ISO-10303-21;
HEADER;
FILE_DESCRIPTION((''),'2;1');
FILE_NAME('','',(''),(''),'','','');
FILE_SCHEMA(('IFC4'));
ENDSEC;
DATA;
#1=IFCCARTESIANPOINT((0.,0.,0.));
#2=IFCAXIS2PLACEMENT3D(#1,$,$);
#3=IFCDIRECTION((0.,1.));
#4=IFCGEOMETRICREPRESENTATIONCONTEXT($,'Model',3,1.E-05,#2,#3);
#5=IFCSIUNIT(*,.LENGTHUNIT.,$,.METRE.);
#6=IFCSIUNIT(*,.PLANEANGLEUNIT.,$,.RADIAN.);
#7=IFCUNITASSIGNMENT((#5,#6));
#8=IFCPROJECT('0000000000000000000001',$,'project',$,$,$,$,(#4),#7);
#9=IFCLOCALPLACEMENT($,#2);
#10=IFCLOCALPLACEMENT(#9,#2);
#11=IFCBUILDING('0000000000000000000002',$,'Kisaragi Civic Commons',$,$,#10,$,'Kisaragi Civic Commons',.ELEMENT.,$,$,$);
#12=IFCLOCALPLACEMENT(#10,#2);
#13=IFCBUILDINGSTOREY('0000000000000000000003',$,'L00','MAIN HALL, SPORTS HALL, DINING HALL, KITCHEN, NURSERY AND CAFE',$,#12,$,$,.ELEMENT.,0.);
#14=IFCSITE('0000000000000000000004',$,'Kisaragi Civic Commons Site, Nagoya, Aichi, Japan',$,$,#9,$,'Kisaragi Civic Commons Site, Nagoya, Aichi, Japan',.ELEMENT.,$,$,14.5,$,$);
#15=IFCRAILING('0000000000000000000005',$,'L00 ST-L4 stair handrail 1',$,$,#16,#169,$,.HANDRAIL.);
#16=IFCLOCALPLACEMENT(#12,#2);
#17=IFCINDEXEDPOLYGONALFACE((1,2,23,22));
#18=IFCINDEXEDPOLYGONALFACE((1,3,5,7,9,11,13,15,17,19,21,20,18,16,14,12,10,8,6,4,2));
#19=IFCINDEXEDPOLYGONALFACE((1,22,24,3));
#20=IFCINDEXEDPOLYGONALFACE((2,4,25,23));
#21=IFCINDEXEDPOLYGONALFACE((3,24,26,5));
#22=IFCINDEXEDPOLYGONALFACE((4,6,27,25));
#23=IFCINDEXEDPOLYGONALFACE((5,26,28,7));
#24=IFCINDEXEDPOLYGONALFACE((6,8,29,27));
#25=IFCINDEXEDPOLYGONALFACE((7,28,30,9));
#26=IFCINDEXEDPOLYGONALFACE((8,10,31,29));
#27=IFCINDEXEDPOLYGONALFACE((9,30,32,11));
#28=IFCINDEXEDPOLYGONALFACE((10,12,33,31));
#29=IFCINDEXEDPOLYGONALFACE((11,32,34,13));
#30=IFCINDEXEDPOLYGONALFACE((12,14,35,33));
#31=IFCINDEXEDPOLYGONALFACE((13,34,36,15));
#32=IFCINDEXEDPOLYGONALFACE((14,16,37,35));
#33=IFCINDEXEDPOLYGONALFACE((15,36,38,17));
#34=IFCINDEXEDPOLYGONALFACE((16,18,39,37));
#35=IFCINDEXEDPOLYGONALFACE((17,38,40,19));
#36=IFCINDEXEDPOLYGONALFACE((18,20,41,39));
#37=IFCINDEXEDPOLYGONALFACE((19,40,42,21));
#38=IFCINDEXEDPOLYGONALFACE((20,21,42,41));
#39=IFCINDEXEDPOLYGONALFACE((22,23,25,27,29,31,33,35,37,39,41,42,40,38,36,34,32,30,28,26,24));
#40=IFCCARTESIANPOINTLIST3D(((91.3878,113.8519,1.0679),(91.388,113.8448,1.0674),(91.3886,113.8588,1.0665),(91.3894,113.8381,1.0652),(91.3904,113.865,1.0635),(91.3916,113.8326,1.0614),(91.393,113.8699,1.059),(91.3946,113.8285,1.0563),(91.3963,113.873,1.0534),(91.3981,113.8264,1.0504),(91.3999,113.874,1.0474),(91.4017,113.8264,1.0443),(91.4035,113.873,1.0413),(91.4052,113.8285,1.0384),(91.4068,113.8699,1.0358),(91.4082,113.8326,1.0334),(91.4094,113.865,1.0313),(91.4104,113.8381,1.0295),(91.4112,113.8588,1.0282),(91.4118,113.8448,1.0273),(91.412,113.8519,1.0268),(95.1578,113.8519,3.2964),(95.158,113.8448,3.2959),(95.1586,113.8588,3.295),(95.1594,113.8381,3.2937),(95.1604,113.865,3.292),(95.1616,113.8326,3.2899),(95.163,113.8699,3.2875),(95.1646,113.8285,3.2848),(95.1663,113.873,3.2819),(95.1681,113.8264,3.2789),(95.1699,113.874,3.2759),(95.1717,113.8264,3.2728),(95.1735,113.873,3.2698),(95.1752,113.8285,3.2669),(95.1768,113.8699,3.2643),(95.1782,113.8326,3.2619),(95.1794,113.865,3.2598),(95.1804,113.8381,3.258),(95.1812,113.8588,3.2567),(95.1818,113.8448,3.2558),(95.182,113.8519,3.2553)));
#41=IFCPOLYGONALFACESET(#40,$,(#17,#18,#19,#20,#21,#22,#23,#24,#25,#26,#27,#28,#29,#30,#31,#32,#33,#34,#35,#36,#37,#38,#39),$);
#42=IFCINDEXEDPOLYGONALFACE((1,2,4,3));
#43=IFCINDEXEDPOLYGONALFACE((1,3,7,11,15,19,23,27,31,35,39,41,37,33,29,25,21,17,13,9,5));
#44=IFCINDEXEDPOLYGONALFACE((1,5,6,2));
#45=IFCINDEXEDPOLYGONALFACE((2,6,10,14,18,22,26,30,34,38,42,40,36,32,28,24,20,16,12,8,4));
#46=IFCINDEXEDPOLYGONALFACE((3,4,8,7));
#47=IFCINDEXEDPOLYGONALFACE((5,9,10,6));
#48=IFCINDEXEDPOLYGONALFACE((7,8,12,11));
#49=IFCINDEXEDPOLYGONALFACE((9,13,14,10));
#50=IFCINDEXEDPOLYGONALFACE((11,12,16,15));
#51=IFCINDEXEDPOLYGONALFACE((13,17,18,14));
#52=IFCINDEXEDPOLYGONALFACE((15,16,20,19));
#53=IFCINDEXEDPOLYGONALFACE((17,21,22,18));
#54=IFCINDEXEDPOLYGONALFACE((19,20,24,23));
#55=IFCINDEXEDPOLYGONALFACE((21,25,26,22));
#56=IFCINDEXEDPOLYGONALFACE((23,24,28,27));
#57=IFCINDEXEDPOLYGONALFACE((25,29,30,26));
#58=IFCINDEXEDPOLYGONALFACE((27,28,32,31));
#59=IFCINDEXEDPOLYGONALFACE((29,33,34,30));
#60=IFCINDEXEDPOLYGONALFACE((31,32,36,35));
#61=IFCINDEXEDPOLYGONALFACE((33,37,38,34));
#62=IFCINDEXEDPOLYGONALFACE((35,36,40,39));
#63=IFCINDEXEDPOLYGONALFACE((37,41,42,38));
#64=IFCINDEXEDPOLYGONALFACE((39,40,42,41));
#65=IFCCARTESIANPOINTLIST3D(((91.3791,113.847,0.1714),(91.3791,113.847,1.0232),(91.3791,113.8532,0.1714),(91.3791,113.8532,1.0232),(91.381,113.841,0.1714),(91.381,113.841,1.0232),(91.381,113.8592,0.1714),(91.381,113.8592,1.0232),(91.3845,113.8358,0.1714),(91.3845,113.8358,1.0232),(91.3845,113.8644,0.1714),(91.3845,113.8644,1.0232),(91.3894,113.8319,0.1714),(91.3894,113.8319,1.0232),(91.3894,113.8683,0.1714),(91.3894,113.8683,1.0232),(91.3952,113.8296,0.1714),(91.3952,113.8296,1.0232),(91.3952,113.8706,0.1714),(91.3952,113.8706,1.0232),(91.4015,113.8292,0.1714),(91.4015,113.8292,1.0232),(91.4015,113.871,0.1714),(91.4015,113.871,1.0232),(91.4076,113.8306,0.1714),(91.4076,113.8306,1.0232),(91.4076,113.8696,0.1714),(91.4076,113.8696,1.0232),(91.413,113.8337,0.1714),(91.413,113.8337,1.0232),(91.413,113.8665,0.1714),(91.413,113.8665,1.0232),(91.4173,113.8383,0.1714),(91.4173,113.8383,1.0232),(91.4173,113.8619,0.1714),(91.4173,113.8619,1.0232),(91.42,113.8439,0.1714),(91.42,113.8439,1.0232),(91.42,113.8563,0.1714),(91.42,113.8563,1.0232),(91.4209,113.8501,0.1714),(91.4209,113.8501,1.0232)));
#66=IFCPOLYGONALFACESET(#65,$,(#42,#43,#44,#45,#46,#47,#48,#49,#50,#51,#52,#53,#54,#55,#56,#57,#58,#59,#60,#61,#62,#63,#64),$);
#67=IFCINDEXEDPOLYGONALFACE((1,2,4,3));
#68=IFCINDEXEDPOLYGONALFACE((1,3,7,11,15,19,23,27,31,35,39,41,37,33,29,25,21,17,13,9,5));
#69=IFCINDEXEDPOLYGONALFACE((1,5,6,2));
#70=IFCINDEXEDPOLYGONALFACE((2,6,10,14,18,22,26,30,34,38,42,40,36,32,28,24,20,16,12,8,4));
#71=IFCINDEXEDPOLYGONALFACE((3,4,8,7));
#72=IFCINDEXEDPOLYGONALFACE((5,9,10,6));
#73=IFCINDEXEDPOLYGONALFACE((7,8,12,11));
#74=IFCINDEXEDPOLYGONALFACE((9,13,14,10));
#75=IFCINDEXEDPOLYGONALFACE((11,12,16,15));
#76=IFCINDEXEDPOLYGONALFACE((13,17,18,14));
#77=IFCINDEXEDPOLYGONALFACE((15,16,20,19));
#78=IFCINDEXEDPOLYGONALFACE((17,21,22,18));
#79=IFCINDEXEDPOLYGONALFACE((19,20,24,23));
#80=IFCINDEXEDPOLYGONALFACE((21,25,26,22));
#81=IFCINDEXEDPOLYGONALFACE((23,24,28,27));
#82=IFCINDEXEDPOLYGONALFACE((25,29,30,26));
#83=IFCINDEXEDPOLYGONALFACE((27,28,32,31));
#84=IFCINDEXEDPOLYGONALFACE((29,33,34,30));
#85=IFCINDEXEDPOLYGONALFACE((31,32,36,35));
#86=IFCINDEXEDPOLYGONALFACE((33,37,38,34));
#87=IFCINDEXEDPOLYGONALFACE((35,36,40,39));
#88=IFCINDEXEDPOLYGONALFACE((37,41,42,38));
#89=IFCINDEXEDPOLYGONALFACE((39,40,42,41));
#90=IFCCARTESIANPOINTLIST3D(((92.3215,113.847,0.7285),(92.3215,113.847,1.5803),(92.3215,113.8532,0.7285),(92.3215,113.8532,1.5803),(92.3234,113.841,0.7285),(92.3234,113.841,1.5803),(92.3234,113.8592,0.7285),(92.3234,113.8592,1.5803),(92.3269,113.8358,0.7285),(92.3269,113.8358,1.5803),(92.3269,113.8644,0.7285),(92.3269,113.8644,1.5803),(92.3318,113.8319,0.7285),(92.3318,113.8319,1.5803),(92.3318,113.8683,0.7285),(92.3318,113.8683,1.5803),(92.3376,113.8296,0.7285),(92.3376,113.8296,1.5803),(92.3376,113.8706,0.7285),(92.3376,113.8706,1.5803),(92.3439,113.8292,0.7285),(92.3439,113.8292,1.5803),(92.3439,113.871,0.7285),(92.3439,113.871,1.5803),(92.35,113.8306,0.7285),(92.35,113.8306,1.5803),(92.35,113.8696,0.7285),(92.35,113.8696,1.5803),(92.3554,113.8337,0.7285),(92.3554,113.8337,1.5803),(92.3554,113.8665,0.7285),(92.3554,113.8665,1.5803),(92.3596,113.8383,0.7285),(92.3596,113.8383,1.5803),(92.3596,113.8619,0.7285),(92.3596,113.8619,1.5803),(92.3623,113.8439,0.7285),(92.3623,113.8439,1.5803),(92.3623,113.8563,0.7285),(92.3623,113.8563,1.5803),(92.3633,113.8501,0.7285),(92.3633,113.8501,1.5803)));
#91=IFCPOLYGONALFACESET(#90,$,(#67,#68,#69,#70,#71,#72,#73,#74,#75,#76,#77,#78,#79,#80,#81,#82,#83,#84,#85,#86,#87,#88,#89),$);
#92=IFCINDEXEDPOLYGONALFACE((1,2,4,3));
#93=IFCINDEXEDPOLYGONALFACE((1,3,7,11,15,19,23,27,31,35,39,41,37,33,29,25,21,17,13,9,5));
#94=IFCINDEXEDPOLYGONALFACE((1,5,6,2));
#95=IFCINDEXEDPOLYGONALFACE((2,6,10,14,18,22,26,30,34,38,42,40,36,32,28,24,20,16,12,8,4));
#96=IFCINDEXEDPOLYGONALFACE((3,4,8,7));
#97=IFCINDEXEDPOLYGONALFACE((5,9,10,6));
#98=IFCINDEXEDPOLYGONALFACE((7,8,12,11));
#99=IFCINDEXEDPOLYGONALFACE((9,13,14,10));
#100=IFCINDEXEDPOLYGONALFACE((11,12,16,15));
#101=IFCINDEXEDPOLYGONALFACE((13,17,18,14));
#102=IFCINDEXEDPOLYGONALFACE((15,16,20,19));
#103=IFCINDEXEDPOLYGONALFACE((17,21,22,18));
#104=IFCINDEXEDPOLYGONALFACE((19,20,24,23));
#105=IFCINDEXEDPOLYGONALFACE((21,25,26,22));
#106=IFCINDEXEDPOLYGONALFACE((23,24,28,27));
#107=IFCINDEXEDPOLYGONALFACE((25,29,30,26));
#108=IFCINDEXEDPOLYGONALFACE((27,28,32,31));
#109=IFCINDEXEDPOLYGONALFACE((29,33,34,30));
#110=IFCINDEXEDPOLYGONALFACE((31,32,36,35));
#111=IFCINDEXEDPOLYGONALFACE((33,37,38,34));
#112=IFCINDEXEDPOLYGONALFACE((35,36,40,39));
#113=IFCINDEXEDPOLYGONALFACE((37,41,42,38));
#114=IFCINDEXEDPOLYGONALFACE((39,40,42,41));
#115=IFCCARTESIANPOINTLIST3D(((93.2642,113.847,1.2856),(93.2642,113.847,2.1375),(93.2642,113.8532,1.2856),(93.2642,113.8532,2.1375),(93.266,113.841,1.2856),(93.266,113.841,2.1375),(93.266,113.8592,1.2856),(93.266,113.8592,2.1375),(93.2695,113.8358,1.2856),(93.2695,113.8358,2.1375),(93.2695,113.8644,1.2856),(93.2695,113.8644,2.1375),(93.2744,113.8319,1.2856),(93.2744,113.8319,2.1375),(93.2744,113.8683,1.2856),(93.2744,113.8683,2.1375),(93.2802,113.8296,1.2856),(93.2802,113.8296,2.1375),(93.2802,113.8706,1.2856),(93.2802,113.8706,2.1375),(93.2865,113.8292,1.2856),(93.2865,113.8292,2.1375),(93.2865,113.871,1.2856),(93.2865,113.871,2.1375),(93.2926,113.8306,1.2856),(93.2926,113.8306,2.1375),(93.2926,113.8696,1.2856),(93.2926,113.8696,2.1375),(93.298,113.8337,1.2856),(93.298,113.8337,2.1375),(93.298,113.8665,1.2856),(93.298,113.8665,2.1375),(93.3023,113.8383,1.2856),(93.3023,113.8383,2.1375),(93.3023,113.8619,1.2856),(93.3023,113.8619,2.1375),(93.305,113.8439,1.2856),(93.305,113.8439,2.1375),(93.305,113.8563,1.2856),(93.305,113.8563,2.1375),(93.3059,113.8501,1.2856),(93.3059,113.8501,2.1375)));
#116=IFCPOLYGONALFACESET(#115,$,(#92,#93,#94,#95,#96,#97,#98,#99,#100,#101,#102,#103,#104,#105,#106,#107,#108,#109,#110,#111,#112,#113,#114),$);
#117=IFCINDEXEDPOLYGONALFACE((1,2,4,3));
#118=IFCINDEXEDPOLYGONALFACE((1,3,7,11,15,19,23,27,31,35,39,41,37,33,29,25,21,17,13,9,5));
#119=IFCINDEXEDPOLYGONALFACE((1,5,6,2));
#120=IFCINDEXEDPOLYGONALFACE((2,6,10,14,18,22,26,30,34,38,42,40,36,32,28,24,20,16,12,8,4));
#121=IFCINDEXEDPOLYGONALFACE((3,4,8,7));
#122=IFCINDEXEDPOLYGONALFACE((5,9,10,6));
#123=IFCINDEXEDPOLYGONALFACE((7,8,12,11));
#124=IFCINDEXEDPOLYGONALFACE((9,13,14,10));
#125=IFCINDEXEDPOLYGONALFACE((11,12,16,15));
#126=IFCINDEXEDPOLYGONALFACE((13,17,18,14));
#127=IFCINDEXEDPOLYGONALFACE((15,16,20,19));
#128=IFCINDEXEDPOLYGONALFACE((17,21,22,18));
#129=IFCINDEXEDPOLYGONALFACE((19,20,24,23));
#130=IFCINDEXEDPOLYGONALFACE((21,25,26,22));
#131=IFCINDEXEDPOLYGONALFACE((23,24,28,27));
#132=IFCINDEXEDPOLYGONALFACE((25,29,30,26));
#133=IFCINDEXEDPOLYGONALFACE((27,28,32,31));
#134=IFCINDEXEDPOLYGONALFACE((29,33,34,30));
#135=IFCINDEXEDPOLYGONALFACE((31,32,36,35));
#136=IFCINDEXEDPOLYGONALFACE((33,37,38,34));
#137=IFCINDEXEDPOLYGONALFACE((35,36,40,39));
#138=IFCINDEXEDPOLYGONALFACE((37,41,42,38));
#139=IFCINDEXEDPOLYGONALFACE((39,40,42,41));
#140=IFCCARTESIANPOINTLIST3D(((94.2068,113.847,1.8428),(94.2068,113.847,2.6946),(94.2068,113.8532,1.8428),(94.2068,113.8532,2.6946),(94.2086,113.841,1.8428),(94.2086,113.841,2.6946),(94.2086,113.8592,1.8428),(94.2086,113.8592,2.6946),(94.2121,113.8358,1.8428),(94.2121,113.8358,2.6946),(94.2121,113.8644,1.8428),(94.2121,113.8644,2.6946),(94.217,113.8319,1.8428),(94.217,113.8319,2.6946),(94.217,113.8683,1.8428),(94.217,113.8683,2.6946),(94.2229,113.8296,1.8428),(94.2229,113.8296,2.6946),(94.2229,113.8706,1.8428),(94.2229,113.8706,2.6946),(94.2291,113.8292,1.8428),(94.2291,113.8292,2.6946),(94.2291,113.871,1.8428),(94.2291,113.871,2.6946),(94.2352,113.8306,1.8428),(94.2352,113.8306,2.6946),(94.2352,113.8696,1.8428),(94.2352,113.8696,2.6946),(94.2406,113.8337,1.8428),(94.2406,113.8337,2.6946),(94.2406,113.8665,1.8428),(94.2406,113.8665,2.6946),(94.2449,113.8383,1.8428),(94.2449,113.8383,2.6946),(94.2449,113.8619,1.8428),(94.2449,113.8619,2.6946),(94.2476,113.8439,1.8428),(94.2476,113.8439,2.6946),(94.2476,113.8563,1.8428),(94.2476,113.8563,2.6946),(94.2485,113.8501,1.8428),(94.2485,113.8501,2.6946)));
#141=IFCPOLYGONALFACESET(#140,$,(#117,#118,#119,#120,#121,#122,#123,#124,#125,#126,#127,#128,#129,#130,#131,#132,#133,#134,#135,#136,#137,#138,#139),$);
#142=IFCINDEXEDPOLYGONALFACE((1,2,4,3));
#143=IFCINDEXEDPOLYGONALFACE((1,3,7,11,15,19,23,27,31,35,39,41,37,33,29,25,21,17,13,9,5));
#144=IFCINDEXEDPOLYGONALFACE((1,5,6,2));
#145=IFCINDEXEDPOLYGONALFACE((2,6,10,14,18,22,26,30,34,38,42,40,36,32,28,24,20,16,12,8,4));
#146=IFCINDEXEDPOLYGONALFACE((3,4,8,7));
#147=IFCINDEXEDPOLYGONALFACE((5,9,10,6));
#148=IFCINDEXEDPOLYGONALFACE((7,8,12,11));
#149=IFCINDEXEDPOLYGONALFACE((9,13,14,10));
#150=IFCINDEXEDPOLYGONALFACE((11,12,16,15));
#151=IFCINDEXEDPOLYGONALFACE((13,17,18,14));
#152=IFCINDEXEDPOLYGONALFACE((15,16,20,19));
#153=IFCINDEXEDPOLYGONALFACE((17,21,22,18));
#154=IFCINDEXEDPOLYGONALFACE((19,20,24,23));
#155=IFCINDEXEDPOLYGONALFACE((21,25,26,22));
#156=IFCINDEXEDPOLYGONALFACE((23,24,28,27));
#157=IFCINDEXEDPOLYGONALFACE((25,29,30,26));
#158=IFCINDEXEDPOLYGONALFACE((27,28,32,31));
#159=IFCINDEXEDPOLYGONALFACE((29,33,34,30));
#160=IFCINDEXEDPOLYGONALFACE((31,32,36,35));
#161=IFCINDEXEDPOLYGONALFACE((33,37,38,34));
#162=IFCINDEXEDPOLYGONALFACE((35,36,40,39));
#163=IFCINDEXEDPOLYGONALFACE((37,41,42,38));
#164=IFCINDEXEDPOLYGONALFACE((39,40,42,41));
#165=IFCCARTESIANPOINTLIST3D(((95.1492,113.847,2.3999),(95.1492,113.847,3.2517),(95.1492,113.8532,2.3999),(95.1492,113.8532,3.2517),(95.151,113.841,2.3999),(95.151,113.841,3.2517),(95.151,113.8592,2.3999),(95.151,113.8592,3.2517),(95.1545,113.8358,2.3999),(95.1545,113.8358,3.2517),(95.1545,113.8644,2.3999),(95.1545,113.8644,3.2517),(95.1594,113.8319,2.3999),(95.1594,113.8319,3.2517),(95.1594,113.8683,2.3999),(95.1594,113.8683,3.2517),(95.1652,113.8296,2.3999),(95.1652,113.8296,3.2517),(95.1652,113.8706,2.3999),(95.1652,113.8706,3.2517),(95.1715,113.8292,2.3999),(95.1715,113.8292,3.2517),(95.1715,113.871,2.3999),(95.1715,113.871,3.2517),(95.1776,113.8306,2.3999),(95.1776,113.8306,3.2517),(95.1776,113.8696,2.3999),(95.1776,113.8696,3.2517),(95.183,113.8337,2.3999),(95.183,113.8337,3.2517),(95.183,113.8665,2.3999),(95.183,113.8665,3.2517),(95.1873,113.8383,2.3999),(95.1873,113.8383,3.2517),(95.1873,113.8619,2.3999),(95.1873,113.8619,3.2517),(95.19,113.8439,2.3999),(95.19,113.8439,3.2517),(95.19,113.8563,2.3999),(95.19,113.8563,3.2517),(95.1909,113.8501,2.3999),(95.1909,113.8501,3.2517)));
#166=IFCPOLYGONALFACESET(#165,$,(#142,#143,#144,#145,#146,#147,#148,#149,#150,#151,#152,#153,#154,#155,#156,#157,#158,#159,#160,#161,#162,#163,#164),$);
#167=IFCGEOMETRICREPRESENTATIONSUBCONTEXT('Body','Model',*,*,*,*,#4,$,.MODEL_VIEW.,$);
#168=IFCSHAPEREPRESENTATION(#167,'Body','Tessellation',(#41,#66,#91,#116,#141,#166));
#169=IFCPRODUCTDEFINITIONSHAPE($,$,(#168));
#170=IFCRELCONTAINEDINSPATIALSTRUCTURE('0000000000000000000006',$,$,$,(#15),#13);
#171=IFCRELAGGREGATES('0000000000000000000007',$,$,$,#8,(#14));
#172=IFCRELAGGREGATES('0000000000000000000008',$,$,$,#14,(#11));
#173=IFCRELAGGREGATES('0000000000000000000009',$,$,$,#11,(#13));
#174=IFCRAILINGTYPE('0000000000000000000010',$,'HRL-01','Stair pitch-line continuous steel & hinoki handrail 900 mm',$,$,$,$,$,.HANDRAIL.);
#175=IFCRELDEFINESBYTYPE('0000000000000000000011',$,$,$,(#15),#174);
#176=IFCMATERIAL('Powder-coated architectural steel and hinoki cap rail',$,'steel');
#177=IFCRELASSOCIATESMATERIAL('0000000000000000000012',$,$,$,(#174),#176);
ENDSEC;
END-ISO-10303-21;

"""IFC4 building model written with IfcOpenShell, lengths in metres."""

from ifc_helpers import new_model, si_unit, direction, frame, origin, origin_2d, place, context, subcontext, project, spatial, circle, extrude, material, type_object, element, save


model = new_model("IFC4")

# Units and contexts
model_context = context("Model", 3, precision=1e-05, world=origin(), true_north=direction((0.0, 1.0)))
body_context = subcontext(model_context, "Body", "Model", "MODEL_VIEW")
ifc_project = project(units=[si_unit("LENGTHUNIT", "METRE"), si_unit("PLANEANGLEUNIT", "RADIAN")], contexts=[model_context])

# Site, building, storey
site_placement = place(None, origin())
site = spatial("IfcSite", under=ifc_project, at=site_placement, Name="Kisaragi Civic Commons Site, Nagoya, Aichi, Japan", LongName="Kisaragi Civic Commons Site, Nagoya, Aichi, Japan", CompositionType="ELEMENT", RefElevation=14.5)
building_placement = place(site_placement, origin())
building = spatial("IfcBuilding", under=site, at=building_placement, Name="Kisaragi Civic Commons", LongName="Kisaragi Civic Commons", CompositionType="ELEMENT")
storey_placement = place(building_placement, origin())
storey = spatial("IfcBuildingStorey", under=building, at=storey_placement, Name="L00", Description="MAIN HALL, SPORTS HALL, DINING HALL, KITCHEN, NURSERY AND CAFE", CompositionType="ELEMENT", Elevation=0.0)

# Railing
ifc_material_1 = material(Name="Powder-coated architectural steel and hinoki cap rail", Category="steel")
railing_type_1 = type_object("IfcRailingType", Name="HRL-01", Description="Stair pitch-line continuous steel & hinoki handrail 900 mm", PredefinedType="HANDRAIL", material=ifc_material_1)
railing_1_placement = place(storey_placement, frame((91.3999, 113.8501, 0.1714)))
element("IfcRailing", 1, at=railing_1_placement, inside=storey, type_object=railing_type_1, Name="L00 ST-L4 stair handrail 1", PredefinedType="HANDRAIL", context=body_context, shape_type="SweptSolid", body=[
    extrude(circle(Radius=0.0239, at=origin_2d()), frame((0.0, 0.0, 0.876), z_axis=(0.860849, 0.0, 0.508861), x_axis=(0.0, 1.0, 0.0)), (0.0, 0.0, 1.0), 4.3794),
    extrude(circle(Radius=0.021, at=origin_2d()), origin(), (0.0, 0.0, 1.0), 0.8518),
    extrude(circle(Radius=0.021, at=origin_2d()), frame((0.9424, 0.0, 0.5571)), (0.0, 0.0, 1.0), 0.8518),
    extrude(circle(Radius=0.021, at=origin_2d()), frame((1.885, 0.0, 1.1143)), (0.0, 0.0, 1.0), 0.8518),
    extrude(circle(Radius=0.021, at=origin_2d()), frame((2.8276, 0.0, 1.6714)), (0.0, 0.0, 1.0), 0.8518),
    extrude(circle(Radius=0.021, at=origin_2d()), frame((3.77, 0.0, 2.2285)), (0.0, 0.0, 1.0), 0.8518),
])

save(model, "model.ifc")
